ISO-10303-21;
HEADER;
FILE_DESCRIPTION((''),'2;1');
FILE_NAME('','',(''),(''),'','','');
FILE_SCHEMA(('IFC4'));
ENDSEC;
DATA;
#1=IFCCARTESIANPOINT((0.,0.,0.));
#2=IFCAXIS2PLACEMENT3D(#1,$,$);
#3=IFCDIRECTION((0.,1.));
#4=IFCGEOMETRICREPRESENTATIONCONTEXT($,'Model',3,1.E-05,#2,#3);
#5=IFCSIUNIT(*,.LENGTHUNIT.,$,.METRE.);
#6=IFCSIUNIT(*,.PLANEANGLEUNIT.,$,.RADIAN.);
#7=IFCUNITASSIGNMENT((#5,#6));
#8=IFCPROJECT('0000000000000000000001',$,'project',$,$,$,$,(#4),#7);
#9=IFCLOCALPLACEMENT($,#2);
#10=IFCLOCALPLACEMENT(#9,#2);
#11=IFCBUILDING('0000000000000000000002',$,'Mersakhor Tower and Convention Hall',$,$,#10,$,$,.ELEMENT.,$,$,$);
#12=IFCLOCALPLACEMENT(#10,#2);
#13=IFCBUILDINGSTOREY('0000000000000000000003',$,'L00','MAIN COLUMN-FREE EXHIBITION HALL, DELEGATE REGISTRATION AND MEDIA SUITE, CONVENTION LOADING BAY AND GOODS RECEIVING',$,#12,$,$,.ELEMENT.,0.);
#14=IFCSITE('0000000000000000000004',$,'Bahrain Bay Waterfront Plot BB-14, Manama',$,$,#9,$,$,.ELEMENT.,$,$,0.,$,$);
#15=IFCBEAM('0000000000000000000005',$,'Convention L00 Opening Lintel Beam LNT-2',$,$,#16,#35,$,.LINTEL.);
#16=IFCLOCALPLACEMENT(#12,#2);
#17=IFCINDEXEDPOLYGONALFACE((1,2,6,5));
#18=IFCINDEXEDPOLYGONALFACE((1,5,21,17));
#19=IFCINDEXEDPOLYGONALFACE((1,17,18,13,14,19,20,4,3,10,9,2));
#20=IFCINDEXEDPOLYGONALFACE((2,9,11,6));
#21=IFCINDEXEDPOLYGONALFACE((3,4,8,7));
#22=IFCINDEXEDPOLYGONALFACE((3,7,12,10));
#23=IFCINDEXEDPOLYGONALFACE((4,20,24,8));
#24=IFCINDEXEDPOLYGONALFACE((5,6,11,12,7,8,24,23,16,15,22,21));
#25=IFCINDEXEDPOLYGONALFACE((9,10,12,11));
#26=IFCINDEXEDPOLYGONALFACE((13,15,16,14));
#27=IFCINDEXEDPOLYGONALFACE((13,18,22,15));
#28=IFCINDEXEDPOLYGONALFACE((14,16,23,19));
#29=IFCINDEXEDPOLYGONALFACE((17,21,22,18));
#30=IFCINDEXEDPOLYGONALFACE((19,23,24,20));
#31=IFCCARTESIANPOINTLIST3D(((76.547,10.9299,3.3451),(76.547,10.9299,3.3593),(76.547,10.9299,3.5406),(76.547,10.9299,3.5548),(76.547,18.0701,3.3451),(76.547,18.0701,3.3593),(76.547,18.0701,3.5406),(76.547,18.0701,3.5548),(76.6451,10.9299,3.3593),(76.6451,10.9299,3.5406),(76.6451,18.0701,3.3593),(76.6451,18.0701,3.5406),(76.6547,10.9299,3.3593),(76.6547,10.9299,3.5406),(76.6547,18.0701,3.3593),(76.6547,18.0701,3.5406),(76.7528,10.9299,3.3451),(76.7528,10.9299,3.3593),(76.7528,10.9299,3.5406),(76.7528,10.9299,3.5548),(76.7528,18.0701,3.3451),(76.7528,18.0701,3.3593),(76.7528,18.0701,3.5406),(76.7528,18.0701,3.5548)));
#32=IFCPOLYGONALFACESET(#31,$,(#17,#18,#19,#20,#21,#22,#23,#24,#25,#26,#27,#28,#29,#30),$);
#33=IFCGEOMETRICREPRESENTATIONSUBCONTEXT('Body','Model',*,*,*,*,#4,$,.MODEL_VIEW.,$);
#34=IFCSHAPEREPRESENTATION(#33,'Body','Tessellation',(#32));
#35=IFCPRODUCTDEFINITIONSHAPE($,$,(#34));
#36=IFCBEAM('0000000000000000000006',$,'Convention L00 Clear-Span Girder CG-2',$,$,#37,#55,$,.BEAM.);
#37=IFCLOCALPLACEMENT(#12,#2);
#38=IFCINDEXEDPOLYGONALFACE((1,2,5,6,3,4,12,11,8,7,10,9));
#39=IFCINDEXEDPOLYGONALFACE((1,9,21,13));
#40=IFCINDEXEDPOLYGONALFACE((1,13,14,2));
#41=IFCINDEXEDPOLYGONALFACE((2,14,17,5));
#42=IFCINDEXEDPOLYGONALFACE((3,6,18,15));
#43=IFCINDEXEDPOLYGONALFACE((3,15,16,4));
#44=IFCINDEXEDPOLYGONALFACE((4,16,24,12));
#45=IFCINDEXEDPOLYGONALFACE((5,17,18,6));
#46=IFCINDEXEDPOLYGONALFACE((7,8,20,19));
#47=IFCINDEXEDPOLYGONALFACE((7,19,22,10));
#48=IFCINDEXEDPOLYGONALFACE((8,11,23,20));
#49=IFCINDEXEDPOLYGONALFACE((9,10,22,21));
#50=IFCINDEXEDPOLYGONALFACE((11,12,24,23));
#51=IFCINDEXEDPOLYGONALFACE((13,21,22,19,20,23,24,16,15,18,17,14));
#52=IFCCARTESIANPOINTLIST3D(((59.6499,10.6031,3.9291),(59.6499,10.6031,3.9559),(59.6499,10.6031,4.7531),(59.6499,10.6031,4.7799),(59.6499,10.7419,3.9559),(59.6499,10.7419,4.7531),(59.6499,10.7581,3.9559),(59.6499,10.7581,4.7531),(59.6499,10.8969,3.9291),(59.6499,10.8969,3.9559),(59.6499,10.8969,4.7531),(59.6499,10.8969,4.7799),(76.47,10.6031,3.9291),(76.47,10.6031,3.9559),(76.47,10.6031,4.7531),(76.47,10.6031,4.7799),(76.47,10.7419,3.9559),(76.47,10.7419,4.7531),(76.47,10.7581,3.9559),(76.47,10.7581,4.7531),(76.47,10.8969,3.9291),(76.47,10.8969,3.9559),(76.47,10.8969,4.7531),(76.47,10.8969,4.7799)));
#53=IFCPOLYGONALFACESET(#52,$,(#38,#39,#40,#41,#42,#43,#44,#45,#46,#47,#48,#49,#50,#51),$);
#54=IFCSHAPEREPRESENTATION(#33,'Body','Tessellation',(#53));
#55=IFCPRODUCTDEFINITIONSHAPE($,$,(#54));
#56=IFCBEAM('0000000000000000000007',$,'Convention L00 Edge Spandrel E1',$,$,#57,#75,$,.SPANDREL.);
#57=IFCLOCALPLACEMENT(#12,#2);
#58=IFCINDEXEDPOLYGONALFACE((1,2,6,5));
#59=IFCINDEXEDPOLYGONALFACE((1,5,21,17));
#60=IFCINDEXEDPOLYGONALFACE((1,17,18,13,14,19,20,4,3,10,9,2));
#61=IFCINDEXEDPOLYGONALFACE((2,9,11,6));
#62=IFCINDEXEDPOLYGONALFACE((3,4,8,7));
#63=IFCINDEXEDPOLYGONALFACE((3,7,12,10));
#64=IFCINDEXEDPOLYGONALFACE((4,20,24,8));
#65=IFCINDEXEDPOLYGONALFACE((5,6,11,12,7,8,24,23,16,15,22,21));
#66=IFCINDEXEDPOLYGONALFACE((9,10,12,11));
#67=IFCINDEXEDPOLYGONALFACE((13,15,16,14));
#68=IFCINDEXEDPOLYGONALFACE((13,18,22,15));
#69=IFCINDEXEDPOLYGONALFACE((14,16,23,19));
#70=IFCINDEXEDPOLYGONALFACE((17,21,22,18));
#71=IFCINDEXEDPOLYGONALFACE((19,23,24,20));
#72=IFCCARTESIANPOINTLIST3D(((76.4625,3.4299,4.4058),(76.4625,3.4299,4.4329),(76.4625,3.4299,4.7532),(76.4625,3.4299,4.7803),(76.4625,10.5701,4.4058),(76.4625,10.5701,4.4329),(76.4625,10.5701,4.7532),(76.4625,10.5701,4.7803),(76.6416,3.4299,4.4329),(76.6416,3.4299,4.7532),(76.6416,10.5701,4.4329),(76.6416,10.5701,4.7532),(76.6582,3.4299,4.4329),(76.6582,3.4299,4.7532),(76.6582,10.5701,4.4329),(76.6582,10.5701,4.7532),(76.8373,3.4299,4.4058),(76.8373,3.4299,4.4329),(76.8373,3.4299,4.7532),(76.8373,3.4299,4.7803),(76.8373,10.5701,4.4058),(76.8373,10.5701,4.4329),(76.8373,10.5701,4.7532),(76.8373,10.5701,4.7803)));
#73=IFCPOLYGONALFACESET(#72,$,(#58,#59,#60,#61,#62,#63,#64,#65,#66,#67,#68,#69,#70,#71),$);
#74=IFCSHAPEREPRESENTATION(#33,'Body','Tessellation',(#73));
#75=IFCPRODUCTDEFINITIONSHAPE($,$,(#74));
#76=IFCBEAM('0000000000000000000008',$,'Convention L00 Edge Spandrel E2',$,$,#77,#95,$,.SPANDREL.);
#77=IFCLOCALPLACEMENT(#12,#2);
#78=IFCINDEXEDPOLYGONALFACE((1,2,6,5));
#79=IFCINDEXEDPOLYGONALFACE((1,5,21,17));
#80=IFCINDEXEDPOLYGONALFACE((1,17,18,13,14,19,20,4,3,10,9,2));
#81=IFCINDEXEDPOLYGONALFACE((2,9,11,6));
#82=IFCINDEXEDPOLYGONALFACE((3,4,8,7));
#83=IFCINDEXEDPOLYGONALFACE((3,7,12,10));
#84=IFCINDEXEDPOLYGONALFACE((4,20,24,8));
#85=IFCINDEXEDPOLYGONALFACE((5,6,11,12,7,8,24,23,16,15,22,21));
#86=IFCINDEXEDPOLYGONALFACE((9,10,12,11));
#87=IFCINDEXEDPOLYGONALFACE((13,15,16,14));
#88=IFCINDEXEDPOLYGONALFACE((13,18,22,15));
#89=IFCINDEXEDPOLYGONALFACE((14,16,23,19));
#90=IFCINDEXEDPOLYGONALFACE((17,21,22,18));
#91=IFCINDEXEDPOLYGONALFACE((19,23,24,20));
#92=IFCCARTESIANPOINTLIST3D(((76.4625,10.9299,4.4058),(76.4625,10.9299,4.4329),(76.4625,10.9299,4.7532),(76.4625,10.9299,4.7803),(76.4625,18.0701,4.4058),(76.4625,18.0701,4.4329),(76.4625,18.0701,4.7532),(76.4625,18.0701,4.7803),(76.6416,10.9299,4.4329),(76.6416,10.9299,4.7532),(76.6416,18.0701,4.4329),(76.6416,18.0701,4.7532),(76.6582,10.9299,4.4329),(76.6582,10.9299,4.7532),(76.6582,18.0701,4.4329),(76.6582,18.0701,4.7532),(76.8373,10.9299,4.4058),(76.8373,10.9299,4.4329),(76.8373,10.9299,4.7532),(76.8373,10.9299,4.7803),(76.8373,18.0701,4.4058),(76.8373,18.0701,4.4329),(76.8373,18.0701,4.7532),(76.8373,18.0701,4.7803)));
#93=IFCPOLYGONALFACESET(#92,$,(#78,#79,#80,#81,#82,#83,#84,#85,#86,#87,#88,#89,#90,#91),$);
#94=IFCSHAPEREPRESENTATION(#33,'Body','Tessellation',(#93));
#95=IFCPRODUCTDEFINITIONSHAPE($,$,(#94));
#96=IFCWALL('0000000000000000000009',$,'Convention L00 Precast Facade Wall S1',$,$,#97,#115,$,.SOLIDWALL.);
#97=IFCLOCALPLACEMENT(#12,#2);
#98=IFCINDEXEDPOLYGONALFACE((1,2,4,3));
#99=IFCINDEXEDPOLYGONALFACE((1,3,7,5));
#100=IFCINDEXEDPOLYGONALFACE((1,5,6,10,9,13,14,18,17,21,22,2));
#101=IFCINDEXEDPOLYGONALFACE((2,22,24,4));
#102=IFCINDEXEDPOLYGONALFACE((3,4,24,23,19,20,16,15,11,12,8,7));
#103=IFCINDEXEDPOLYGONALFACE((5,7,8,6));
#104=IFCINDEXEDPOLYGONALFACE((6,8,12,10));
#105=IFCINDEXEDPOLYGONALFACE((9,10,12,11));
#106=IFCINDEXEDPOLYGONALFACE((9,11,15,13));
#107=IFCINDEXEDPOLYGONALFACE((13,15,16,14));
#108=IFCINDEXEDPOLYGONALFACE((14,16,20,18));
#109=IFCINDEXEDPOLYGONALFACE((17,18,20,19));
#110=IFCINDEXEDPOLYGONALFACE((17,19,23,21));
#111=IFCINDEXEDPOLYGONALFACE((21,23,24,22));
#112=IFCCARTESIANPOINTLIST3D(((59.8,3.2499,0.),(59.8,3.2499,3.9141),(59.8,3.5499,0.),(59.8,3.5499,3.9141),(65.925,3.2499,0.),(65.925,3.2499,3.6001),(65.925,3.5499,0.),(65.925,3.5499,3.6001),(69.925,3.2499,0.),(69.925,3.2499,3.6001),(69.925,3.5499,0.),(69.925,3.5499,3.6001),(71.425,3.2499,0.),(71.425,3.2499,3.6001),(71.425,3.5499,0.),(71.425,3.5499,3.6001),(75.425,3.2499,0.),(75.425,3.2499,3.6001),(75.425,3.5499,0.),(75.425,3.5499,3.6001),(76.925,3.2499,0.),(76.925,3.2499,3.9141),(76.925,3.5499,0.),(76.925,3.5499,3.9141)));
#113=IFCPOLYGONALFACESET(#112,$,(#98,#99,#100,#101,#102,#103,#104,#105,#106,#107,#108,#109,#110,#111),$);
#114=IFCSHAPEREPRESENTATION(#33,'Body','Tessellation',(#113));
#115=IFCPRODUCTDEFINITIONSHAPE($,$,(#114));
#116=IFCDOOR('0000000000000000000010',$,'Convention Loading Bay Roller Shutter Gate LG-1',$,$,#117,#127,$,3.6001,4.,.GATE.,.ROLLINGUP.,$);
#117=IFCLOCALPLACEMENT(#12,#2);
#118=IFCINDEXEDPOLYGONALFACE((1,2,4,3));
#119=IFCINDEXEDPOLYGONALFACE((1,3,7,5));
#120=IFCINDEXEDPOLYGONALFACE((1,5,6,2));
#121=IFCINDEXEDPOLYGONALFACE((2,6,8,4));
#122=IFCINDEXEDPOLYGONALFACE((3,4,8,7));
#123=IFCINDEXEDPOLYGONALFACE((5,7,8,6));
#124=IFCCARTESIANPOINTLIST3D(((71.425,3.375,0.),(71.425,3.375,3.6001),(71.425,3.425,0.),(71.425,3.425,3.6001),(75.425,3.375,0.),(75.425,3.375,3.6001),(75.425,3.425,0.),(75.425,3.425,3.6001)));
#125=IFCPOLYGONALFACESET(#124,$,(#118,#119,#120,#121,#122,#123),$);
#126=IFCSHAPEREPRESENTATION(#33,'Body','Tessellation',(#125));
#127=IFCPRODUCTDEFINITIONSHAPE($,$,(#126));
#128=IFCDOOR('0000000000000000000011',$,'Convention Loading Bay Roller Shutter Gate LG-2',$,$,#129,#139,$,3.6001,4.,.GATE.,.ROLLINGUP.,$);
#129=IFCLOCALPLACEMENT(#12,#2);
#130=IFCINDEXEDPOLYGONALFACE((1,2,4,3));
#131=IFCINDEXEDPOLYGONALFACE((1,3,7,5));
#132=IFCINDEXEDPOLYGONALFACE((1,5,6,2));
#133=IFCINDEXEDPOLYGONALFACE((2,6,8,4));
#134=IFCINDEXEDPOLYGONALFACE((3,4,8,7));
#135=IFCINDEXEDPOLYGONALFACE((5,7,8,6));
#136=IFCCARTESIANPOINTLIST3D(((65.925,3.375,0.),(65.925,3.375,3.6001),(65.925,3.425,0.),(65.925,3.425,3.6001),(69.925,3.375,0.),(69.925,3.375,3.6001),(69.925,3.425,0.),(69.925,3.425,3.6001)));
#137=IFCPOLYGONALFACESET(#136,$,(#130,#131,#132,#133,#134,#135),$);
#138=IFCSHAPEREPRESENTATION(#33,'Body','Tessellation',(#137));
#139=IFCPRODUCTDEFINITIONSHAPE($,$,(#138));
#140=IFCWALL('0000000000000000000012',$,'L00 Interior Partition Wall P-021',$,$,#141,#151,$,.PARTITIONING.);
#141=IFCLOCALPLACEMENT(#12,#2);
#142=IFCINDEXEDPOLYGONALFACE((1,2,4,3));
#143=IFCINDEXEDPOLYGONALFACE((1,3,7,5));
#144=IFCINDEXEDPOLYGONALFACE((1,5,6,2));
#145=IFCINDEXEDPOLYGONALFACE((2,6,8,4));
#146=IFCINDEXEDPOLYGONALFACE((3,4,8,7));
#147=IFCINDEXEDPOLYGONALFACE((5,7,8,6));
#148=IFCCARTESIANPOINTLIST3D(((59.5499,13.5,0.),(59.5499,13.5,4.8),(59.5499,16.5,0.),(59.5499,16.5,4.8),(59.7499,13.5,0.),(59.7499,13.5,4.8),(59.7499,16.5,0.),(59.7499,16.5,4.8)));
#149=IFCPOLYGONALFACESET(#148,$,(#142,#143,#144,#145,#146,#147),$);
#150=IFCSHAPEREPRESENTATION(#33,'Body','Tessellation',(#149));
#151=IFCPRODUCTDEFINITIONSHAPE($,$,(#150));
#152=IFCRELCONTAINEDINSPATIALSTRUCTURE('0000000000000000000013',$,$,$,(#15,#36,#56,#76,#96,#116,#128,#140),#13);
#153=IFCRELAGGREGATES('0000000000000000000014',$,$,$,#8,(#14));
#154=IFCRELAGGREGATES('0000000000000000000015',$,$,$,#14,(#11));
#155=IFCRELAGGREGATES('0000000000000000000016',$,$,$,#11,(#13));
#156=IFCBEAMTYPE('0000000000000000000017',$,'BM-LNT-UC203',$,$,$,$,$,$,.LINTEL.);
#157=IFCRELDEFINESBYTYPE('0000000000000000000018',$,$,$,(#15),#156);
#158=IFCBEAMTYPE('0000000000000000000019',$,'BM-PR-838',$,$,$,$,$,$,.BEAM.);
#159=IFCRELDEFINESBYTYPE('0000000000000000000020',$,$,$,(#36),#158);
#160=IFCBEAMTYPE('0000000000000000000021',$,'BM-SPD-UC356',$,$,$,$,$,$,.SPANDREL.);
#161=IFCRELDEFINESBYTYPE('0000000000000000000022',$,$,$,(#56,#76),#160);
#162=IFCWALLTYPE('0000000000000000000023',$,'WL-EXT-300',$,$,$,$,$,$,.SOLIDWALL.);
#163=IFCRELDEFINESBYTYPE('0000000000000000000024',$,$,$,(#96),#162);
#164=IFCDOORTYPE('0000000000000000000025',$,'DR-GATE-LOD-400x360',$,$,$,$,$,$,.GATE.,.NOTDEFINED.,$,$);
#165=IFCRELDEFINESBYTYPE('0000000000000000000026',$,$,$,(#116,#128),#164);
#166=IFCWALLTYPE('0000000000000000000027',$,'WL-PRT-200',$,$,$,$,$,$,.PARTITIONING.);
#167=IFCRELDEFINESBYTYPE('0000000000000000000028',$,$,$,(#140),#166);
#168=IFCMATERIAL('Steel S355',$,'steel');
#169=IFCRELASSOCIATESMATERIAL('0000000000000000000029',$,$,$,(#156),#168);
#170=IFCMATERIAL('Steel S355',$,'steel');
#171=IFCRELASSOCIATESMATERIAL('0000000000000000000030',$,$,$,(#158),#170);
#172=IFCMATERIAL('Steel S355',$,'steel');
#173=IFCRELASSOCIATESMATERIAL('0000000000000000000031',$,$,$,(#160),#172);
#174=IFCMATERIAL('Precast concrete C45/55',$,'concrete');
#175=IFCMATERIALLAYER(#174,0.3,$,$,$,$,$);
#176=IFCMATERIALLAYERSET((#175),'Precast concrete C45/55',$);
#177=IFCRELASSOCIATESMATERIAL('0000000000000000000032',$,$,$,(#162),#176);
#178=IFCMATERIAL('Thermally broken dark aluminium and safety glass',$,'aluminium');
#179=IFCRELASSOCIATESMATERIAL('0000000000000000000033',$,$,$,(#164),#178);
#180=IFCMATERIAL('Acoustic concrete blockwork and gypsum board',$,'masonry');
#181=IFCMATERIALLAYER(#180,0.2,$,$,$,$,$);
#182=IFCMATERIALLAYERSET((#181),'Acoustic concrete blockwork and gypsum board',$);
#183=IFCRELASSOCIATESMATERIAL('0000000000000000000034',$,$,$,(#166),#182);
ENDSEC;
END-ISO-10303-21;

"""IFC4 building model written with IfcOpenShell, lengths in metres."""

from ifc_helpers import new_model, si_unit, direction, frame, frame_2d, origin, origin_2d, place, context, subcontext, project, spatial, rectangle, i_section, extrude, material, layer, layer_set, material_profile, profile_set, type_object, element, fill, save


model = new_model("IFC4")

# Units and contexts
model_context = context("Model", 3, precision=1e-05, world=origin(), true_north=direction((0.0, 1.0)))
body_context = subcontext(model_context, "Body", "Model", "MODEL_VIEW")
ifc_project = project(units=[si_unit("LENGTHUNIT", "METRE"), si_unit("PLANEANGLEUNIT", "RADIAN")], contexts=[model_context])

# Site, building, storey
site_placement = place(None, origin())
site = spatial("IfcSite", under=ifc_project, at=site_placement, Name="Bahrain Bay Waterfront Plot BB-14, Manama", CompositionType="ELEMENT", RefElevation=0.0)
building_placement = place(site_placement, origin())
building = spatial("IfcBuilding", under=site, at=building_placement, Name="Mersakhor Tower and Convention Hall", CompositionType="ELEMENT")
storey_placement = place(building_placement, origin())
storey = spatial("IfcBuildingStorey", under=building, at=storey_placement, Name="L00", Description="MAIN COLUMN-FREE EXHIBITION HALL, DELEGATE REGISTRATION AND MEDIA SUITE, CONVENTION LOADING BAY AND GOODS RECEIVING", CompositionType="ELEMENT", Elevation=0.0)

# Beams
ifc_material_1 = material(Name="Steel S355", Category="steel")
ifc_material_profile_1 = material_profile(ifc_material_1, i_section(OverallWidth=0.2058, OverallDepth=0.2097, WebThickness=0.0095, FlangeThickness=0.0142, at=origin_2d()), Name="UC 203x203x60")
ifc_profile_set_1 = profile_set([ifc_material_profile_1], Name="Steel S355")
beam_type_1 = type_object("IfcBeamType", Name="BM-LNT-UC203", PredefinedType="LINTEL", material=ifc_profile_set_1)
beam_1_placement = place(storey_placement, frame((76.6499, 10.9299, 3.45), z_axis=(0.0, 1.0, 0.0), x_axis=(-1.0, 0.0, 0.0)))
element("IfcBeam", 1, at=beam_1_placement, inside=storey, type_object=beam_type_1, Name="Convention L00 Opening Lintel Beam LNT-2", PredefinedType="LINTEL", context=body_context, shape_type="SweptSolid", body=[
    extrude(i_section(OverallWidth=0.2058, OverallDepth=0.2097, WebThickness=0.0095, FlangeThickness=0.0142, at=origin_2d()), origin(), (0.0, 0.0, 1.0), 7.1401),
])
ifc_material_2 = material(Name="Steel S355", Category="steel")
ifc_material_profile_2 = material_profile(ifc_material_2, i_section(OverallWidth=0.2937, OverallDepth=0.8508, WebThickness=0.0161, FlangeThickness=0.0269, at=origin_2d()), Name="UB 838x292x226")
ifc_profile_set_2 = profile_set([ifc_material_profile_2], Name="Steel S355")
beam_type_2 = type_object("IfcBeamType", Name="BM-PR-838", PredefinedType="BEAM", material=ifc_profile_set_2)
beam_2_placement = place(storey_placement, frame((59.6499, 10.75, 4.3545), z_axis=(1.0, 0.0, 0.0), x_axis=(0.0, 1.0, 0.0)))
element("IfcBeam", 2, at=beam_2_placement, inside=storey, type_object=beam_type_2, Name="Convention L00 Clear-Span Girder CG-2", PredefinedType="BEAM", context=body_context, shape_type="SweptSolid", body=[
    extrude(i_section(OverallWidth=0.2937, OverallDepth=0.8508, WebThickness=0.0161, FlangeThickness=0.0269, at=origin_2d()), origin(), (0.0, 0.0, 1.0), 16.8201),
])
ifc_material_3 = material(Name="Steel S355", Category="steel")
ifc_material_profile_3 = material_profile(ifc_material_3, i_section(OverallWidth=0.3748, OverallDepth=0.3745, WebThickness=0.0166, FlangeThickness=0.0271, at=origin_2d()), Name="UC 356x368x202")
ifc_profile_set_3 = profile_set([ifc_material_profile_3], Name="Steel S355")
beam_type_3 = type_object("IfcBeamType", Name="BM-SPD-UC356", PredefinedType="SPANDREL", material=ifc_profile_set_3)
for number, where, z_axis, x_axis, name in (
    (3, (76.6499, 3.4299, 4.593), (0.0, 1.0, 0.0), (-1.0, 0.0, 0.0), "Convention L00 Edge Spandrel E1"),
    (4, (76.6499, 10.9299, 4.593), (0.0, 1.0, 0.0), (-1.0, 0.0, 0.0), "Convention L00 Edge Spandrel E2"),
):
    element("IfcBeam", number, at=place(storey_placement, frame(where, z_axis=z_axis, x_axis=x_axis)), inside=storey, type_object=beam_type_3, Name=name, PredefinedType="SPANDREL", context=body_context, shape_type="SweptSolid", body=[
        extrude(i_section(OverallWidth=0.3748, OverallDepth=0.3745, WebThickness=0.0166, FlangeThickness=0.0271, at=origin_2d()), origin(), (0.0, 0.0, 1.0), 7.1401),
    ])

# Wall, openings, doors
ifc_material_4 = material(Name="Precast concrete C45/55", Category="concrete")
ifc_layer_1 = layer(ifc_material_4, 0.3)
ifc_layer_set_1 = layer_set([ifc_layer_1], Name="Precast concrete C45/55")
wall_type_1 = type_object("IfcWallType", Name="WL-EXT-300", PredefinedType="SOLIDWALL", material=ifc_layer_set_1)
wall_1_placement = place(storey_placement, frame((76.925, 3.3999, 0.0), z_axis=(0.0, 0.0, 1.0), x_axis=(-1.0, 0.0, 0.0)))
wall_1 = element("IfcWall", 5, at=wall_1_placement, inside=storey, type_object=wall_type_1, Name="Convention L00 Precast Facade Wall S1", PredefinedType="SOLIDWALL", context=body_context, shape_type="SweptSolid", body=[
    extrude(rectangle(XDim=17.125, YDim=0.3, at=frame_2d((8.5625, 0.0))), origin(), (0.0, 0.0, 1.0), 3.9141),
])
opening_1_placement = place(wall_1_placement, frame((1.5, 0.0, 0.0)))
opening_1 = element("IfcOpeningElement", 6, at=opening_1_placement, cuts=wall_1, PredefinedType="OPENING", context=body_context, shape_type="SweptSolid", body=[
    extrude(rectangle(XDim=4.0, YDim=3.6001, at=frame_2d((2.0, 1.8))), frame((0.0, 0.1599, 0.0), z_axis=(0.0, -1.0, 0.0), x_axis=(1.0, 0.0, 0.0)), (0.0, 0.0, 1.0), 0.3201),
])
opening_2_placement = place(wall_1_placement, frame((7.0, 0.0, 0.0)))
opening_2 = element("IfcOpeningElement", 7, at=opening_2_placement, cuts=wall_1, PredefinedType="OPENING", context=body_context, shape_type="SweptSolid", body=[
    extrude(rectangle(XDim=4.0, YDim=3.6001, at=frame_2d((2.0, 1.8))), frame((0.0, 0.1599, 0.0), z_axis=(0.0, -1.0, 0.0), x_axis=(1.0, 0.0, 0.0)), (0.0, 0.0, 1.0), 0.3201),
])
ifc_material_5 = material(Name="Thermally broken dark aluminium and safety glass", Category="aluminium")
door_type_1 = type_object("IfcDoorType", Name="DR-GATE-LOD-400x360", OperationType="NOTDEFINED", PredefinedType="GATE", material=ifc_material_5)
door_1_placement = place(opening_1_placement, origin())
door_1 = element("IfcDoor", 8, at=door_1_placement, inside=storey, type_object=door_type_1, Name="Convention Loading Bay Roller Shutter Gate LG-1", OperationType="ROLLINGUP", OverallHeight=3.6001, OverallWidth=4.0, PredefinedType="GATE", context=body_context, shape_type="SweptSolid", body=[
    extrude(rectangle(XDim=4.0, YDim=3.6001, at=frame_2d((2.0, 1.8))), frame((0.0, 0.0249, 0.0), z_axis=(0.0, -1.0, 0.0), x_axis=(1.0, 0.0, 0.0)), (0.0, 0.0, 1.0), 0.05),
])
fill(opening_1, door_1)
door_2_placement = place(opening_2_placement, origin())
door_2 = element("IfcDoor", 9, at=door_2_placement, inside=storey, type_object=door_type_1, Name="Convention Loading Bay Roller Shutter Gate LG-2", OperationType="ROLLINGUP", OverallHeight=3.6001, OverallWidth=4.0, PredefinedType="GATE", context=body_context, shape_type="SweptSolid", body=[
    extrude(rectangle(XDim=4.0, YDim=3.6001, at=frame_2d((2.0, 1.8))), frame((0.0, 0.0249, 0.0), z_axis=(0.0, -1.0, 0.0), x_axis=(1.0, 0.0, 0.0)), (0.0, 0.0, 1.0), 0.05),
])
fill(opening_2, door_2)

# Wall
ifc_material_6 = material(Name="Acoustic concrete blockwork and gypsum board", Category="masonry")
ifc_layer_2 = layer(ifc_material_6, 0.2)
ifc_layer_set_2 = layer_set([ifc_layer_2], Name="Acoustic concrete blockwork and gypsum board")
wall_type_2 = type_object("IfcWallType", Name="WL-PRT-200", PredefinedType="PARTITIONING", material=ifc_layer_set_2)
wall_2_placement = place(storey_placement, frame((59.6499, 13.5, 0.0), z_axis=(0.0, 0.0, 1.0), x_axis=(0.0, 1.0, 0.0)))
element("IfcWall", 10, at=wall_2_placement, inside=storey, type_object=wall_type_2, Name="L00 Interior Partition Wall P-021", PredefinedType="PARTITIONING", context=body_context, shape_type="SweptSolid", body=[
    extrude(rectangle(XDim=3.0, YDim=0.2, at=frame_2d((1.5, 0.0))), origin(), (0.0, 0.0, 1.0), 4.8),
])

save(model, "model.ifc")
